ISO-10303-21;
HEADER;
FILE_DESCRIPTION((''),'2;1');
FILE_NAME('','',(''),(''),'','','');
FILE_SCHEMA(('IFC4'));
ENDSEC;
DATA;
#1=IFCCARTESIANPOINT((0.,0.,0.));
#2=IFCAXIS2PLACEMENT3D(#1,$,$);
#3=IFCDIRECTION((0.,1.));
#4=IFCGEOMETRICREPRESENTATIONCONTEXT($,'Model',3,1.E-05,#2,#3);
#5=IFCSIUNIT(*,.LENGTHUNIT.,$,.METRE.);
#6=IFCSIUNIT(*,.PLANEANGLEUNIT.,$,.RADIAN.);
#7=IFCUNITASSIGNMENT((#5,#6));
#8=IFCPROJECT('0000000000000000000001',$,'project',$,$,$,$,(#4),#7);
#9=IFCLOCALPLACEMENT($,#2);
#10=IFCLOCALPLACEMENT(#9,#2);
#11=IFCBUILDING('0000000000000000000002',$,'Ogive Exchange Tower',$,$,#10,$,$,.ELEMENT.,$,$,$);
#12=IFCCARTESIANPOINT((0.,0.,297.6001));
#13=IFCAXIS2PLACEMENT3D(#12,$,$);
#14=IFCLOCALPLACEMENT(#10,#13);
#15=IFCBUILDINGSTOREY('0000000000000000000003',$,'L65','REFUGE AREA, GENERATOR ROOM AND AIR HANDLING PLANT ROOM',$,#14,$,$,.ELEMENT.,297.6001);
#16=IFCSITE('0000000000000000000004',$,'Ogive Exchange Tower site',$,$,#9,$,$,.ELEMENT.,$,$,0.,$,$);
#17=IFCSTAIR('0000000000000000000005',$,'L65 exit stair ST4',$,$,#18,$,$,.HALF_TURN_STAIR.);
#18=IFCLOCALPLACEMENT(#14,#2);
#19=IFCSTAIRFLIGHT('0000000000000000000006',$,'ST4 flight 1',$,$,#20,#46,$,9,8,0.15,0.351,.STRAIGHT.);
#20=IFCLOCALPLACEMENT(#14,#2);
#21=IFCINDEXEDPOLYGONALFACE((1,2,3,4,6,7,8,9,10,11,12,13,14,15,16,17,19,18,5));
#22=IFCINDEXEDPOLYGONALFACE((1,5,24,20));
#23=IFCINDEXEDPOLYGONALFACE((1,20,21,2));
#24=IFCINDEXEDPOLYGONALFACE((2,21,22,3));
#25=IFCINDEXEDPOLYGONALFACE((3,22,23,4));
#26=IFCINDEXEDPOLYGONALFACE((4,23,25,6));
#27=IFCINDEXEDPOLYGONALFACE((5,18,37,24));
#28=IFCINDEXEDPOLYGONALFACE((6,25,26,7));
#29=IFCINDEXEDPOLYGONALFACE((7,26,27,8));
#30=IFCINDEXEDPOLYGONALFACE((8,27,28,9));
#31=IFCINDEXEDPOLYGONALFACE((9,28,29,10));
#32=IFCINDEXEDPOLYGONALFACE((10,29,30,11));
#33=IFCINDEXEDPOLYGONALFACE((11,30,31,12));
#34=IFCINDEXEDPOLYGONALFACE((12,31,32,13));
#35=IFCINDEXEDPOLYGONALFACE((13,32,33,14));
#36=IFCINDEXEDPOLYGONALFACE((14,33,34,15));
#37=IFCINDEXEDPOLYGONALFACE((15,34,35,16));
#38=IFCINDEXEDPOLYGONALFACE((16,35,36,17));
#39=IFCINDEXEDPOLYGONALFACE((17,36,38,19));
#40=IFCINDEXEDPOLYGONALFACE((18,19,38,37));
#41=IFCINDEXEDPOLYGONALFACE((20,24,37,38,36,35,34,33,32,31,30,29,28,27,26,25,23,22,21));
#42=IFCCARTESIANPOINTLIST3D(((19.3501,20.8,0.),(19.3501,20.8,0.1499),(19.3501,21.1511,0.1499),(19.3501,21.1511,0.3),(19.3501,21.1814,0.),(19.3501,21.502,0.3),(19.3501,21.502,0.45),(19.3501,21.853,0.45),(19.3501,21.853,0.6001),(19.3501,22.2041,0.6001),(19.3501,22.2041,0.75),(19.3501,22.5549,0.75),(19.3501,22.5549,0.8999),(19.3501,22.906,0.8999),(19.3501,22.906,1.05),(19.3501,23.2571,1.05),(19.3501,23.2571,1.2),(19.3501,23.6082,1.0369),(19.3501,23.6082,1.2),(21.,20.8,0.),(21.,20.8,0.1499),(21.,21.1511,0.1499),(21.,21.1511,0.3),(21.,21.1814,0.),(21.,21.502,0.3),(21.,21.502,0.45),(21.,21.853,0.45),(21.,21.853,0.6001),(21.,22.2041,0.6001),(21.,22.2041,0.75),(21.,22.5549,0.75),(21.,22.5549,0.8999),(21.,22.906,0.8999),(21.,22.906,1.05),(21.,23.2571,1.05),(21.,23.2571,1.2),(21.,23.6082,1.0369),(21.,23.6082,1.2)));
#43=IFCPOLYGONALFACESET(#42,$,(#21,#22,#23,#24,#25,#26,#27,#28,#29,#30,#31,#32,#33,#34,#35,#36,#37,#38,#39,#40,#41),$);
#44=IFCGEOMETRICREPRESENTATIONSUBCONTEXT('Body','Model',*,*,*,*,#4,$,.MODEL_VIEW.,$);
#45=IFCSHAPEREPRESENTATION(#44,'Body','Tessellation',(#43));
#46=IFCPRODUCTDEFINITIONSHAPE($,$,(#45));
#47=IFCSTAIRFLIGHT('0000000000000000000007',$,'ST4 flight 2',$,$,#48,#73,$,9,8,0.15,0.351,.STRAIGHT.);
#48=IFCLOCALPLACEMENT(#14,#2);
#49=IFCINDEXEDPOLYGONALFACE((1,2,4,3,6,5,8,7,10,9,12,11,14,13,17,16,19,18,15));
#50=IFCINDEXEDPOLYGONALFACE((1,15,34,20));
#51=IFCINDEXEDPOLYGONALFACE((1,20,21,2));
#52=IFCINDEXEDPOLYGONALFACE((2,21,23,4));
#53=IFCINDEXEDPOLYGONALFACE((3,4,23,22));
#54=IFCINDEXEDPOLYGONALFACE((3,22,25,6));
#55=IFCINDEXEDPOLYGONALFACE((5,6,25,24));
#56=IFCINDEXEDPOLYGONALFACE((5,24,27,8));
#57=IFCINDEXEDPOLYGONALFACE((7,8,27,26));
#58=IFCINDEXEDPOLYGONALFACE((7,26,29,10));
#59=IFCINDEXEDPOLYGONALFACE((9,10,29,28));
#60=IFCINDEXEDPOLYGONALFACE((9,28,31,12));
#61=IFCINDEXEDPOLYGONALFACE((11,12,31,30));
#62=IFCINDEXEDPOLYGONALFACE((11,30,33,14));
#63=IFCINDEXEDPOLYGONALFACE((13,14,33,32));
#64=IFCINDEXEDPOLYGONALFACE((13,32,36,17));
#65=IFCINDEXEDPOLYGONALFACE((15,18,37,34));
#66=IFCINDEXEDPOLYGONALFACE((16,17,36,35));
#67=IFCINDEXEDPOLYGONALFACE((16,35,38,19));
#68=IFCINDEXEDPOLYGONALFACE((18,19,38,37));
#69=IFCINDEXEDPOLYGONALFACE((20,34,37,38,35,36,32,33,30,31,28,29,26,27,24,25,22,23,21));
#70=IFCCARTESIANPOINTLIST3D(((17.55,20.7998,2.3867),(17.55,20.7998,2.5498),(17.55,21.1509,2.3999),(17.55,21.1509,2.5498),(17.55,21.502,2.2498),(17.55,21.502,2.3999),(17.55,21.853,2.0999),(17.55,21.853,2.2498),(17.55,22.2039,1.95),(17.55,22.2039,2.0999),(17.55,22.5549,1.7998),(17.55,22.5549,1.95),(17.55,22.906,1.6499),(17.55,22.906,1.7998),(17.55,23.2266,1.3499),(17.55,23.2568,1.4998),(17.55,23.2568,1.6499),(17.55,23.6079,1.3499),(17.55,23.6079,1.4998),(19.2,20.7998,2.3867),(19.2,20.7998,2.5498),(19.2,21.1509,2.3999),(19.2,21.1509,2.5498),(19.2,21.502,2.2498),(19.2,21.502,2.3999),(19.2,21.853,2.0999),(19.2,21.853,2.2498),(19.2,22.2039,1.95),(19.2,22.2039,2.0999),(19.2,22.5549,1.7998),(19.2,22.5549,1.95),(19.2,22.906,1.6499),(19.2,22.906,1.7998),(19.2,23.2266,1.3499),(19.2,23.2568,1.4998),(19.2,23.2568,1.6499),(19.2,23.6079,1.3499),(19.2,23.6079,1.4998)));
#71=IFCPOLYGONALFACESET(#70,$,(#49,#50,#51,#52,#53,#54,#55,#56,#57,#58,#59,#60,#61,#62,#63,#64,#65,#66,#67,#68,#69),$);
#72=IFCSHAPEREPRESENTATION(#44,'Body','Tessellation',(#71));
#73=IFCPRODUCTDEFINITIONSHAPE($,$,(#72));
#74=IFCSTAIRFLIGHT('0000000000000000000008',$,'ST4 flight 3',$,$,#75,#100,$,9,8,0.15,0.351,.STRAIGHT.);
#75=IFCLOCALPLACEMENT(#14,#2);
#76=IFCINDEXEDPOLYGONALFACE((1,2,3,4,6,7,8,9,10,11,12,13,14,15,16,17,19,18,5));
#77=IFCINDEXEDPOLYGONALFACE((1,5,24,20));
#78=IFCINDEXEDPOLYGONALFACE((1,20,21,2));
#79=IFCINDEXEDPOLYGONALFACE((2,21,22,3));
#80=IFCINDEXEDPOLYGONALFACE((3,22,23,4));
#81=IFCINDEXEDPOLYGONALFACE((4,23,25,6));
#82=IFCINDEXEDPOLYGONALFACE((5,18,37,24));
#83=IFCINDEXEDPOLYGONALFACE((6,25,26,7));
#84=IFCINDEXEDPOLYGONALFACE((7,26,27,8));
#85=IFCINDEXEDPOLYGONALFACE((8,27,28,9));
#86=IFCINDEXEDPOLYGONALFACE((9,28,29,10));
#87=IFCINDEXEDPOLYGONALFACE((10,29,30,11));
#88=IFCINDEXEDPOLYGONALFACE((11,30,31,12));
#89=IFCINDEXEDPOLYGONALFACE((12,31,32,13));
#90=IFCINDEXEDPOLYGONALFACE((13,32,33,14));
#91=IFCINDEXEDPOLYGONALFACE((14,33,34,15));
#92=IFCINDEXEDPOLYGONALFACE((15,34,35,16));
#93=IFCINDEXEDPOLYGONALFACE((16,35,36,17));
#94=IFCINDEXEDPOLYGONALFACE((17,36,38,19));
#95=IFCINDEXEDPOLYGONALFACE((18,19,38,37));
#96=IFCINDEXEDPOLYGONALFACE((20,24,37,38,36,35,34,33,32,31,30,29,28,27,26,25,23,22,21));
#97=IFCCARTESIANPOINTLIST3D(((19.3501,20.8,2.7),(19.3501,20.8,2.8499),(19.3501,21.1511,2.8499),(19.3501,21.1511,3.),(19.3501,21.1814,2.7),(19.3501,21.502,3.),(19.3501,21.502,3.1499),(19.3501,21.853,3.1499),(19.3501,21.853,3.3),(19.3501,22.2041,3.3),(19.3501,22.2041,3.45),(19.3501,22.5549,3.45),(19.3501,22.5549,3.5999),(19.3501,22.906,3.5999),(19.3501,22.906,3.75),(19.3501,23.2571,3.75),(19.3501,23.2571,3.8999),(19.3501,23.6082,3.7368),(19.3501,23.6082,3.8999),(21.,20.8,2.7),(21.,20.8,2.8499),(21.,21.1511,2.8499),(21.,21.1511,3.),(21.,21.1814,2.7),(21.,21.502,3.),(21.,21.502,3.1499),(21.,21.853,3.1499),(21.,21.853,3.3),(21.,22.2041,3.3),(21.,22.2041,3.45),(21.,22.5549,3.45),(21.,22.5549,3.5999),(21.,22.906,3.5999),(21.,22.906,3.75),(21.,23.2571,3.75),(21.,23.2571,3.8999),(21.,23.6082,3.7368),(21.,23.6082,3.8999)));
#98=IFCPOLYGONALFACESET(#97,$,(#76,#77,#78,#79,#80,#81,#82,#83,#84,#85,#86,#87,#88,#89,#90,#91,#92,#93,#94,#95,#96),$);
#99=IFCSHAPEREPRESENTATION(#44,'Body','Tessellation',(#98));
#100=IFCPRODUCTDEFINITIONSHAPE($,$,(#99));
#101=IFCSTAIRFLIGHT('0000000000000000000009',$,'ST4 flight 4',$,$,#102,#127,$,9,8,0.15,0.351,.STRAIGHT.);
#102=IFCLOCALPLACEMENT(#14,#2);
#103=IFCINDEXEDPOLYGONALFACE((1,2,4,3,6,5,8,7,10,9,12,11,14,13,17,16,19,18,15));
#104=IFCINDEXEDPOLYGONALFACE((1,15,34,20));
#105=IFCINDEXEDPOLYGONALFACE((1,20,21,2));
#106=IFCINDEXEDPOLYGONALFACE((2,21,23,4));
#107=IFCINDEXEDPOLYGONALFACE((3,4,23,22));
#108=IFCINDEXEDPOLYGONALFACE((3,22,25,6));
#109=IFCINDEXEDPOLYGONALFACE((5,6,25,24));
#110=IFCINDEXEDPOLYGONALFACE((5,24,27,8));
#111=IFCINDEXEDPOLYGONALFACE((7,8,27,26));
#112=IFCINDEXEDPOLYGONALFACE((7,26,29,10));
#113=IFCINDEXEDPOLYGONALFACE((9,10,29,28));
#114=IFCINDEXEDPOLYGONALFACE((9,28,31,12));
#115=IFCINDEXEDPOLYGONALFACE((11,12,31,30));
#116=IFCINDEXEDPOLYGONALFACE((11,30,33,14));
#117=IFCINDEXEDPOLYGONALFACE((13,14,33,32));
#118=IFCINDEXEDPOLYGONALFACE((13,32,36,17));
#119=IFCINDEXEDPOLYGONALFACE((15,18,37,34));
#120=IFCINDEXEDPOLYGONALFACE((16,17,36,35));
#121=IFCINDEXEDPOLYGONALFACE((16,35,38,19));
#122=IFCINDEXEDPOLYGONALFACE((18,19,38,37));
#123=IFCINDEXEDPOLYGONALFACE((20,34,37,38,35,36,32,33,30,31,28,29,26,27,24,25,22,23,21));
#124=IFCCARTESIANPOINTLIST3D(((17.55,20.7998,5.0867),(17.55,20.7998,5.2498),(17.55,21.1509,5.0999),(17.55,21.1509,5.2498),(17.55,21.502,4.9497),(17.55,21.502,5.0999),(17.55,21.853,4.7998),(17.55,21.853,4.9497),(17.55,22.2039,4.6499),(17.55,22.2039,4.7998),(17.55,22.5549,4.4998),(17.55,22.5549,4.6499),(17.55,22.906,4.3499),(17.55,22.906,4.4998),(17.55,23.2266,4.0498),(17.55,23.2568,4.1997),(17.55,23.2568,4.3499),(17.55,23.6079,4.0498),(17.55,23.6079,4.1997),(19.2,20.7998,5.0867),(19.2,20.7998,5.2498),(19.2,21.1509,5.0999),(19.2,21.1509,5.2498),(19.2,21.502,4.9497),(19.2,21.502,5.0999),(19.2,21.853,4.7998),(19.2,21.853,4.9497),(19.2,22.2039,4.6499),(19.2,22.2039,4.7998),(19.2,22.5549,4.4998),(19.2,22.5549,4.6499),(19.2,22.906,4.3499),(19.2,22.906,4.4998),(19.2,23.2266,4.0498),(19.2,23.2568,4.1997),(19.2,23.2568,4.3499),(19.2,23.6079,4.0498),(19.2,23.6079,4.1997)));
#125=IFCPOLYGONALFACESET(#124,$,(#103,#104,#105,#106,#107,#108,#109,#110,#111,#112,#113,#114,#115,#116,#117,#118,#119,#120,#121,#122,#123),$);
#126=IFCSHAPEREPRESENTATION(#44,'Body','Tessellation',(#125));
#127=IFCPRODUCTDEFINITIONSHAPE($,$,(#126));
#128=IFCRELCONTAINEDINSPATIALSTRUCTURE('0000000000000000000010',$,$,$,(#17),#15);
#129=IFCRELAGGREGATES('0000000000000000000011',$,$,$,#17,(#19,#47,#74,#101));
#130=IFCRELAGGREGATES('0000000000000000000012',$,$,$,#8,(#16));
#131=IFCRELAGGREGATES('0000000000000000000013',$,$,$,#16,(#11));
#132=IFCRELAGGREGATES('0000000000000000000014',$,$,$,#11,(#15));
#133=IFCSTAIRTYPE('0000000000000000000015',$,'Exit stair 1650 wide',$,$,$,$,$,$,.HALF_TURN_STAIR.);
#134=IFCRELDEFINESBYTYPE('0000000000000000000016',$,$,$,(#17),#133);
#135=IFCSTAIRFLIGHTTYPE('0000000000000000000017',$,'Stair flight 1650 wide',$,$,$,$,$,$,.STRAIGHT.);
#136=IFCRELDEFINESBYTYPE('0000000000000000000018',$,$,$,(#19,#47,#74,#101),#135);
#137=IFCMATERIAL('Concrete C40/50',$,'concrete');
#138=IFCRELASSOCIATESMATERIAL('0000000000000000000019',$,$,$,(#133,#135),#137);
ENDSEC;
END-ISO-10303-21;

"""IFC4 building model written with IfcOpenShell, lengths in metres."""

from ifc_helpers import new_model, si_unit, direction, frame, origin, place, context, subcontext, project, spatial, polyline, outline, extrude, material, type_object, element, aggregate, save


model = new_model("IFC4")

# Units and contexts
model_context = context("Model", 3, precision=1e-05, world=origin(), true_north=direction((0.0, 1.0)))
body_context = subcontext(model_context, "Body", "Model", "MODEL_VIEW")
ifc_project = project(units=[si_unit("LENGTHUNIT", "METRE"), si_unit("PLANEANGLEUNIT", "RADIAN")], contexts=[model_context])

# Site, building, storey
site_placement = place(None, origin())
site = spatial("IfcSite", under=ifc_project, at=site_placement, Name="Ogive Exchange Tower site", CompositionType="ELEMENT", RefElevation=0.0)
building_placement = place(site_placement, origin())
building = spatial("IfcBuilding", under=site, at=building_placement, Name="Ogive Exchange Tower", CompositionType="ELEMENT")
storey_placement = place(building_placement, frame((0.0, 0.0, 297.6001)))
storey = spatial("IfcBuildingStorey", under=building, at=storey_placement, Name="L65", Description="REFUGE AREA, GENERATOR ROOM AND AIR HANDLING PLANT ROOM", CompositionType="ELEMENT", Elevation=297.6001)

# Stair, stair flights
ifc_material_1 = material(Name="Concrete C40/50", Category="concrete")
stair_type = type_object("IfcStairType", Name="Exit stair 1650 wide", PredefinedType="HALF_TURN_STAIR", material=ifc_material_1)
stair_placement = place(storey_placement, origin())
stair = element("IfcStair", 1, at=stair_placement, inside=storey, type_object=stair_type, Name="L65 exit stair ST4", PredefinedType="HALF_TURN_STAIR")
stair_flight_type = type_object("IfcStairFlightType", Name="Stair flight 1650 wide", PredefinedType="STRAIGHT", material=ifc_material_1)
stair_flight_1_placement = place(storey_placement, frame((20.175, 20.8, 0.0), z_axis=(0.0, 0.0, 1.0), x_axis=(0.0, 1.0, 0.0)))
stair_flight_1 = element("IfcStairFlight", 2, at=stair_flight_1_placement, type_object=stair_flight_type, Name="ST4 flight 1", NumberOfRisers=9, NumberOfTreads=8, PredefinedType="STRAIGHT", RiserHeight=0.15, TreadLength=0.351, context=body_context, shape_type="SweptSolid", body=[
    extrude(outline(polyline([(0.0, 0.0), (0.0, 0.1499), (0.3511, 0.1499), (0.3511, 0.3), (0.7019, 0.3), (0.7019, 0.45), (1.053, 0.45), (1.053, 0.6001), (1.4041, 0.6001), (1.4041, 0.75), (1.7549, 0.75), (1.7549, 0.8999), (2.106, 0.8999), (2.106, 1.05), (2.457, 1.05), (2.457, 1.2), (2.8081, 1.2), (2.8081, 1.3501), (2.8081, 1.0369), (0.3813, 0.0), (0.0, 0.0)])), frame((0.0, 0.825, 0.0), z_axis=(0.0, -1.0, 0.0), x_axis=(1.0, 0.0, 0.0)), (0.0, 0.0, 1.0), 1.6499),
])
stair_flight_2_placement = place(storey_placement, frame((18.375, 23.6079, 1.3499), z_axis=(0.0, 0.0, 1.0), x_axis=(0.0, -1.0, 0.0)))
stair_flight_2 = element("IfcStairFlight", 3, at=stair_flight_2_placement, type_object=stair_flight_type, Name="ST4 flight 2", NumberOfRisers=9, NumberOfTreads=8, PredefinedType="STRAIGHT", RiserHeight=0.15, TreadLength=0.351, context=body_context, shape_type="SweptSolid", body=[
    extrude(outline(polyline([(0.0, 0.0), (0.0, 0.1499), (0.3511, 0.1499), (0.3511, 0.3), (0.7019, 0.3), (0.7019, 0.45), (1.053, 0.45), (1.053, 0.6001), (1.4041, 0.6001), (1.4041, 0.75), (1.7549, 0.75), (1.7549, 0.8999), (2.106, 0.8999), (2.106, 1.05), (2.457, 1.05), (2.457, 1.2), (2.8081, 1.2), (2.8081, 1.3501), (2.8081, 1.0369), (0.3813, 0.0), (0.0, 0.0)])), frame((0.0, 0.825, 0.0), z_axis=(0.0, -1.0, 0.0), x_axis=(1.0, 0.0, 0.0)), (0.0, 0.0, 1.0), 1.6499),
])
stair_flight_3_placement = place(storey_placement, frame((20.175, 20.8, 2.7), z_axis=(0.0, 0.0, 1.0), x_axis=(0.0, 1.0, 0.0)))
stair_flight_3 = element("IfcStairFlight", 4, at=stair_flight_3_placement, type_object=stair_flight_type, Name="ST4 flight 3", NumberOfRisers=9, NumberOfTreads=8, PredefinedType="STRAIGHT", RiserHeight=0.15, TreadLength=0.351, context=body_context, shape_type="SweptSolid", body=[
    extrude(outline(polyline([(0.0, 0.0), (0.0, 0.1499), (0.3511, 0.1499), (0.3511, 0.3), (0.7019, 0.3), (0.7019, 0.45), (1.053, 0.45), (1.053, 0.6001), (1.4041, 0.6001), (1.4041, 0.75), (1.7549, 0.75), (1.7549, 0.8999), (2.106, 0.8999), (2.106, 1.05), (2.457, 1.05), (2.457, 1.2), (2.8081, 1.2), (2.8081, 1.3501), (2.8081, 1.0369), (0.3813, 0.0), (0.0, 0.0)])), frame((0.0, 0.825, 0.0), z_axis=(0.0, -1.0, 0.0), x_axis=(1.0, 0.0, 0.0)), (0.0, 0.0, 1.0), 1.6499),
])
stair_flight_4_placement = place(storey_placement, frame((18.375, 23.6079, 4.0498), z_axis=(0.0, 0.0, 1.0), x_axis=(0.0, -1.0, 0.0)))
stair_flight_4 = element("IfcStairFlight", 5, at=stair_flight_4_placement, type_object=stair_flight_type, Name="ST4 flight 4", NumberOfRisers=9, NumberOfTreads=8, PredefinedType="STRAIGHT", RiserHeight=0.15, TreadLength=0.351, context=body_context, shape_type="SweptSolid", body=[
    extrude(outline(polyline([(0.0, 0.0), (0.0, 0.1499), (0.3511, 0.1499), (0.3511, 0.3), (0.7019, 0.3), (0.7019, 0.45), (1.053, 0.45), (1.053, 0.6001), (1.4041, 0.6001), (1.4041, 0.75), (1.7549, 0.75), (1.7549, 0.8999), (2.106, 0.8999), (2.106, 1.05), (2.457, 1.05), (2.457, 1.2), (2.8081, 1.2), (2.8081, 1.3501), (2.8081, 1.0369), (0.3813, 0.0), (0.0, 0.0)])), frame((0.0, 0.825, 0.0), z_axis=(0.0, -1.0, 0.0), x_axis=(1.0, 0.0, 0.0)), (0.0, 0.0, 1.0), 1.6499),
])
aggregate(stair, [stair_flight_1, stair_flight_2, stair_flight_3, stair_flight_4])

save(model, "model.ifc")
